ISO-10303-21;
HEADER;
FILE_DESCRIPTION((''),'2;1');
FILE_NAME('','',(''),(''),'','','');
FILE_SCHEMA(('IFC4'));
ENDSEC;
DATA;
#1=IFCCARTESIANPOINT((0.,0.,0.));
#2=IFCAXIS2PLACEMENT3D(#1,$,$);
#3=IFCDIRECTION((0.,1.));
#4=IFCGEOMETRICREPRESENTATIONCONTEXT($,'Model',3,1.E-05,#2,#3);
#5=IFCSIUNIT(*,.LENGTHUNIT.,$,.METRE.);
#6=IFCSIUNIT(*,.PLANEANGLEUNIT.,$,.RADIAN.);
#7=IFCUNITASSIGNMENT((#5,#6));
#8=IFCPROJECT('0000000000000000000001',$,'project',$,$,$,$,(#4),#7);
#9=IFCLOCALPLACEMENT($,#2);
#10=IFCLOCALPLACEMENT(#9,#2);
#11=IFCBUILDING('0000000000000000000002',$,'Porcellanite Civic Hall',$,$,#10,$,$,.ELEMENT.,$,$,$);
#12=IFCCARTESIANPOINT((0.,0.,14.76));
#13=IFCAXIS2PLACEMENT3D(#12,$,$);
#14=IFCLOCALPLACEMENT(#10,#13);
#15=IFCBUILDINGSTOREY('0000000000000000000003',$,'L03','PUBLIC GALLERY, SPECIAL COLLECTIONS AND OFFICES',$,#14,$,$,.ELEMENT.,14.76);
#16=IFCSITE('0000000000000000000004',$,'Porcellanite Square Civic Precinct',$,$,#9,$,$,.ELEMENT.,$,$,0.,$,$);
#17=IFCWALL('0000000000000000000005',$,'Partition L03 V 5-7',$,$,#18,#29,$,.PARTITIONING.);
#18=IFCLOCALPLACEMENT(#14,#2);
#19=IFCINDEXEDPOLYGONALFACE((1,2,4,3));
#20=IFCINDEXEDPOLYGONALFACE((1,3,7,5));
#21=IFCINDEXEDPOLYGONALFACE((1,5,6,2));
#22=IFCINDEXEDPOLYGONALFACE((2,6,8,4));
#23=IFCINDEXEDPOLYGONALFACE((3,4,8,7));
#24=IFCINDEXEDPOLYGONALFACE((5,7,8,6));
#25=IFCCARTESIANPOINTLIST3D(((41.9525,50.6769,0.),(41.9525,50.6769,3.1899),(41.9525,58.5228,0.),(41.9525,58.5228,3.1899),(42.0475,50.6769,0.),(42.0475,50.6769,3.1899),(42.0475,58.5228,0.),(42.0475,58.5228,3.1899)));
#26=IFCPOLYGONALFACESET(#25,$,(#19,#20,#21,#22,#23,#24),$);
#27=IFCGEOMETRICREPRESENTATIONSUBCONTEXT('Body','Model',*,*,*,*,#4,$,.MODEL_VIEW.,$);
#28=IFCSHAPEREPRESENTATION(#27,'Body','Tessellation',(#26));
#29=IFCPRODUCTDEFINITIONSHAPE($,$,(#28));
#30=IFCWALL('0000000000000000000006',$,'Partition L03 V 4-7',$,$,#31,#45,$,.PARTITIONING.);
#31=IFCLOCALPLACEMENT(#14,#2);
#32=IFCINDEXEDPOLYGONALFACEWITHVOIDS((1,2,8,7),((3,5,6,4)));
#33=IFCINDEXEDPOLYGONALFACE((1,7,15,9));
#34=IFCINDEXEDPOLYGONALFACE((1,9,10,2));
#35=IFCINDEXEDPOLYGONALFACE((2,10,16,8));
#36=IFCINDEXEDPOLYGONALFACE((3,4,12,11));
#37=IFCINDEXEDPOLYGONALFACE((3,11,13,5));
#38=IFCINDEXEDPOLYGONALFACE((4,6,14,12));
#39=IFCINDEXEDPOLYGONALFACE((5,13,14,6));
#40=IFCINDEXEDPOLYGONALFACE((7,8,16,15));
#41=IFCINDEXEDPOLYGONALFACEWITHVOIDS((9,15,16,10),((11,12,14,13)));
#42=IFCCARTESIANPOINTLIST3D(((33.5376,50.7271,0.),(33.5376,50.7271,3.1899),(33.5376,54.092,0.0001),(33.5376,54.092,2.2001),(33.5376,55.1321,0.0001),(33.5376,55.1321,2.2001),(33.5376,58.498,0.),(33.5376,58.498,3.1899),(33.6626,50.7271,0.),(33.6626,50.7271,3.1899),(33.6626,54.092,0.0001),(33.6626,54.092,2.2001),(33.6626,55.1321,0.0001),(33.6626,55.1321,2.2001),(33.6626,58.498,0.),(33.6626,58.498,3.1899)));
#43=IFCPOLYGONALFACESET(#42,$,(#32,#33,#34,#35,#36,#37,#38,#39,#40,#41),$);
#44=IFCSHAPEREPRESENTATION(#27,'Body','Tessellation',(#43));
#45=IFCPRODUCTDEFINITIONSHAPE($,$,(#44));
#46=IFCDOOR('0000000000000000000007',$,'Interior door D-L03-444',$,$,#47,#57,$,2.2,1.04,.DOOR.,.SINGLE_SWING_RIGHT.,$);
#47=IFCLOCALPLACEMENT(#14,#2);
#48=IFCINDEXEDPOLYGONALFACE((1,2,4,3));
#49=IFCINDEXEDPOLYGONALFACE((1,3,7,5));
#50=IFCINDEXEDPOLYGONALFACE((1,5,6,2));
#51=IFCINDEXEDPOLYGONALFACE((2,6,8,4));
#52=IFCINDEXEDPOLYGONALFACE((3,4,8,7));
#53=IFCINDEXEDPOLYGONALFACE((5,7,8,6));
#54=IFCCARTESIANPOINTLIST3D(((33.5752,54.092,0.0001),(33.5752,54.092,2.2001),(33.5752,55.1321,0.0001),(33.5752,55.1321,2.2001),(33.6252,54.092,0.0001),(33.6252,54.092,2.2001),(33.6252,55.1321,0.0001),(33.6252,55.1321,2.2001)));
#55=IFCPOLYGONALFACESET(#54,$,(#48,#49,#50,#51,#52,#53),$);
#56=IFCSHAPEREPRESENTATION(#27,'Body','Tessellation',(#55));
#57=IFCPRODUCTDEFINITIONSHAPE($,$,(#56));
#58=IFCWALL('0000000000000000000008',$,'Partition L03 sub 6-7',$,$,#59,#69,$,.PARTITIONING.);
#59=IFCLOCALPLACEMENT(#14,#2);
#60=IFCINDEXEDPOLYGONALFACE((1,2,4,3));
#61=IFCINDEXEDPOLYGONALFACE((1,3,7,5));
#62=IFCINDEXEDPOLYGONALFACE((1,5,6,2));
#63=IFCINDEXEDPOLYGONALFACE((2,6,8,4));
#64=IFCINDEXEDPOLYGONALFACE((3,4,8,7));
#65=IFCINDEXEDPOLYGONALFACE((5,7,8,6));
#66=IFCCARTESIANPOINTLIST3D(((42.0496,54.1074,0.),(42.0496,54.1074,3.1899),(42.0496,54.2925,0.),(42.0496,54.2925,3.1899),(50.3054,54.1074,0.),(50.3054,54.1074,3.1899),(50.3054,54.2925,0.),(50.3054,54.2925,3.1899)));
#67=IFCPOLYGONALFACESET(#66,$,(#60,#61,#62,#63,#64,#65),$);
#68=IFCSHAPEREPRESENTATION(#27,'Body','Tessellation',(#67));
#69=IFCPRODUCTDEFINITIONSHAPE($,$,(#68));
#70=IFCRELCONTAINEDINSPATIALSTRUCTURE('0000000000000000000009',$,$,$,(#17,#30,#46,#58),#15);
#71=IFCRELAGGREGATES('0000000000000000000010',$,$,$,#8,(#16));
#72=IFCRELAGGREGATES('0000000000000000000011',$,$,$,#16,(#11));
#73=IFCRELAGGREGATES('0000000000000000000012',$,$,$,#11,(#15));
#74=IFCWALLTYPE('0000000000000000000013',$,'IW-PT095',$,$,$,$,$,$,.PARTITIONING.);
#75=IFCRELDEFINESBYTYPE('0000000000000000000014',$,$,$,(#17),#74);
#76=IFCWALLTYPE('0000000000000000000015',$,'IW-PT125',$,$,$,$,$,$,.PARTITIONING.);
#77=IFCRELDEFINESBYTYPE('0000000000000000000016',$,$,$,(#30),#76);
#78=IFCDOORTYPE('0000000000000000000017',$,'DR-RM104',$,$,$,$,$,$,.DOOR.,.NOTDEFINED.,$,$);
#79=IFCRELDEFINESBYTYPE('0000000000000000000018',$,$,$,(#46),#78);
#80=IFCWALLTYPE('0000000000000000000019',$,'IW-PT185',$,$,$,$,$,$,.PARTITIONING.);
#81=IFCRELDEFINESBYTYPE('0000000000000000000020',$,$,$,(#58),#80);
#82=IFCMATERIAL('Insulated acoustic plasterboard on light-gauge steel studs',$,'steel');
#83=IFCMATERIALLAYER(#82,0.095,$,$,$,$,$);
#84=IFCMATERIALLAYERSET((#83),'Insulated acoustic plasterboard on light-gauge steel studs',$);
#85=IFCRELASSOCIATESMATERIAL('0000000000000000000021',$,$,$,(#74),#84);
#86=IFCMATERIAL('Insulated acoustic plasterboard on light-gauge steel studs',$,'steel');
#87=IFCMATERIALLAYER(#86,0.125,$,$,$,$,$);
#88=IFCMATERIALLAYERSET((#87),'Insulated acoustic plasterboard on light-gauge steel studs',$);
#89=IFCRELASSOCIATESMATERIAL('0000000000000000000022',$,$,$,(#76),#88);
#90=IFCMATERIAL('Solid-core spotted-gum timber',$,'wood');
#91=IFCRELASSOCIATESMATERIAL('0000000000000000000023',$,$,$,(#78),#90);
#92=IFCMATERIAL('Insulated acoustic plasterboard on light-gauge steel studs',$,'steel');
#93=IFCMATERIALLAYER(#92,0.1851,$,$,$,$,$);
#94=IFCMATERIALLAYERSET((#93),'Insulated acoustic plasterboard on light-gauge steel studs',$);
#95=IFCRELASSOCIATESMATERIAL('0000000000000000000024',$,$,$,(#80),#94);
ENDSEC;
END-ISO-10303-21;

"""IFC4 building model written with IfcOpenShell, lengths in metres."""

from ifc_helpers import new_model, si_unit, direction, frame, frame_2d, origin, place, context, subcontext, project, spatial, rectangle, extrude, material, layer, layer_set, type_object, element, fill, save


model = new_model("IFC4")

# Units and contexts
model_context = context("Model", 3, precision=1e-05, world=origin(), true_north=direction((0.0, 1.0)))
body_context = subcontext(model_context, "Body", "Model", "MODEL_VIEW")
ifc_project = project(units=[si_unit("LENGTHUNIT", "METRE"), si_unit("PLANEANGLEUNIT", "RADIAN")], contexts=[model_context])

# Site, building, storey
site_placement = place(None, origin())
site = spatial("IfcSite", under=ifc_project, at=site_placement, Name="Porcellanite Square Civic Precinct", CompositionType="ELEMENT", RefElevation=0.0)
building_placement = place(site_placement, origin())
building = spatial("IfcBuilding", under=site, at=building_placement, Name="Porcellanite Civic Hall", CompositionType="ELEMENT")
storey_placement = place(building_placement, frame((0.0, 0.0, 14.76)))
storey = spatial("IfcBuildingStorey", under=building, at=storey_placement, Name="L03", Description="PUBLIC GALLERY, SPECIAL COLLECTIONS AND OFFICES", CompositionType="ELEMENT", Elevation=14.76)

# Wall
ifc_material_1 = material(Name="Insulated acoustic plasterboard on light-gauge steel studs", Category="steel")
ifc_layer_1 = layer(ifc_material_1, 0.095)
ifc_layer_set_1 = layer_set([ifc_layer_1], Name="Insulated acoustic plasterboard on light-gauge steel studs")
wall_type_1 = type_object("IfcWallType", Name="IW-PT095", PredefinedType="PARTITIONING", material=ifc_layer_set_1)
wall_1_placement = place(storey_placement, frame((42.0, 50.677, 0.0), z_axis=(0.0, 0.0, 1.0), x_axis=(0.0, 1.0, 0.0)))
element("IfcWall", 1, at=wall_1_placement, inside=storey, type_object=wall_type_1, Name="Partition L03 V 5-7", PredefinedType="PARTITIONING", context=body_context, shape_type="SweptSolid", body=[
    extrude(rectangle(XDim=7.8459, YDim=0.095, at=frame_2d((3.9229, 0.0))), origin(), (0.0, 0.0, 1.0), 3.1899),
])

# Wall, opening, door
ifc_material_2 = material(Name="Insulated acoustic plasterboard on light-gauge steel studs", Category="steel")
ifc_layer_2 = layer(ifc_material_2, 0.125)
ifc_layer_set_2 = layer_set([ifc_layer_2], Name="Insulated acoustic plasterboard on light-gauge steel studs")
wall_type_2 = type_object("IfcWallType", Name="IW-PT125", PredefinedType="PARTITIONING", material=ifc_layer_set_2)
wall_2_placement = place(storey_placement, frame((33.6001, 50.7271, 0.0), z_axis=(0.0, 0.0, 1.0), x_axis=(0.0, 1.0, 0.0)))
wall_2 = element("IfcWall", 2, at=wall_2_placement, inside=storey, type_object=wall_type_2, Name="Partition L03 V 4-7", PredefinedType="PARTITIONING", context=body_context, shape_type="SweptSolid", body=[
    extrude(rectangle(XDim=7.771, YDim=0.125, at=frame_2d((3.8855, 0.0))), origin(), (0.0, 0.0, 1.0), 3.1899),
])
opening_placement = place(wall_2_placement, frame((3.365, 0.0, 0.0)))
opening = element("IfcOpeningElement", 3, at=opening_placement, cuts=wall_2, PredefinedType="OPENING", context=body_context, shape_type="SweptSolid", body=[
    extrude(rectangle(XDim=1.04, YDim=2.2, at=frame_2d((0.52, 1.1001))), frame((0.0, 0.0625, 0.0), z_axis=(0.0, -1.0, 0.0), x_axis=(1.0, 0.0, 0.0)), (0.0, 0.0, 1.0), 0.125),
])
ifc_material_3 = material(Name="Solid-core spotted-gum timber", Category="wood")
door_type = type_object("IfcDoorType", Name="DR-RM104", OperationType="NOTDEFINED", PredefinedType="DOOR", material=ifc_material_3)
door_placement = place(opening_placement, origin())
door = element("IfcDoor", 4, at=door_placement, inside=storey, type_object=door_type, Name="Interior door D-L03-444", OperationType="SINGLE_SWING_RIGHT", OverallHeight=2.2, OverallWidth=1.04, PredefinedType="DOOR", context=body_context, shape_type="SweptSolid", body=[
    extrude(rectangle(XDim=1.04, YDim=2.2, at=frame_2d((0.52, 1.1001))), frame((0.0, 0.0249, 0.0), z_axis=(0.0, -1.0, 0.0), x_axis=(1.0, 0.0, 0.0)), (0.0, 0.0, 1.0), 0.05),
])
fill(opening, door)

# Wall
ifc_material_4 = material(Name="Insulated acoustic plasterboard on light-gauge steel studs", Category="steel")
ifc_layer_3 = layer(ifc_material_4, 0.1851)
ifc_layer_set_3 = layer_set([ifc_layer_3], Name="Insulated acoustic plasterboard on light-gauge steel studs")
wall_type_3 = type_object("IfcWallType", Name="IW-PT185", PredefinedType="PARTITIONING", material=ifc_layer_set_3)
wall_3_placement = place(storey_placement, frame((42.0496, 54.2, 0.0), z_axis=(0.0, 0.0, 1.0), x_axis=(1.0, 0.0, 0.0)))
element("IfcWall", 5, at=wall_3_placement, inside=storey, type_object=wall_type_3, Name="Partition L03 sub 6-7", PredefinedType="PARTITIONING", context=body_context, shape_type="SweptSolid", body=[
    extrude(rectangle(XDim=8.2559, YDim=0.1851, at=frame_2d((4.1279, 0.0))), origin(), (0.0, 0.0, 1.0), 3.1899),
])

save(model, "model.ifc")
